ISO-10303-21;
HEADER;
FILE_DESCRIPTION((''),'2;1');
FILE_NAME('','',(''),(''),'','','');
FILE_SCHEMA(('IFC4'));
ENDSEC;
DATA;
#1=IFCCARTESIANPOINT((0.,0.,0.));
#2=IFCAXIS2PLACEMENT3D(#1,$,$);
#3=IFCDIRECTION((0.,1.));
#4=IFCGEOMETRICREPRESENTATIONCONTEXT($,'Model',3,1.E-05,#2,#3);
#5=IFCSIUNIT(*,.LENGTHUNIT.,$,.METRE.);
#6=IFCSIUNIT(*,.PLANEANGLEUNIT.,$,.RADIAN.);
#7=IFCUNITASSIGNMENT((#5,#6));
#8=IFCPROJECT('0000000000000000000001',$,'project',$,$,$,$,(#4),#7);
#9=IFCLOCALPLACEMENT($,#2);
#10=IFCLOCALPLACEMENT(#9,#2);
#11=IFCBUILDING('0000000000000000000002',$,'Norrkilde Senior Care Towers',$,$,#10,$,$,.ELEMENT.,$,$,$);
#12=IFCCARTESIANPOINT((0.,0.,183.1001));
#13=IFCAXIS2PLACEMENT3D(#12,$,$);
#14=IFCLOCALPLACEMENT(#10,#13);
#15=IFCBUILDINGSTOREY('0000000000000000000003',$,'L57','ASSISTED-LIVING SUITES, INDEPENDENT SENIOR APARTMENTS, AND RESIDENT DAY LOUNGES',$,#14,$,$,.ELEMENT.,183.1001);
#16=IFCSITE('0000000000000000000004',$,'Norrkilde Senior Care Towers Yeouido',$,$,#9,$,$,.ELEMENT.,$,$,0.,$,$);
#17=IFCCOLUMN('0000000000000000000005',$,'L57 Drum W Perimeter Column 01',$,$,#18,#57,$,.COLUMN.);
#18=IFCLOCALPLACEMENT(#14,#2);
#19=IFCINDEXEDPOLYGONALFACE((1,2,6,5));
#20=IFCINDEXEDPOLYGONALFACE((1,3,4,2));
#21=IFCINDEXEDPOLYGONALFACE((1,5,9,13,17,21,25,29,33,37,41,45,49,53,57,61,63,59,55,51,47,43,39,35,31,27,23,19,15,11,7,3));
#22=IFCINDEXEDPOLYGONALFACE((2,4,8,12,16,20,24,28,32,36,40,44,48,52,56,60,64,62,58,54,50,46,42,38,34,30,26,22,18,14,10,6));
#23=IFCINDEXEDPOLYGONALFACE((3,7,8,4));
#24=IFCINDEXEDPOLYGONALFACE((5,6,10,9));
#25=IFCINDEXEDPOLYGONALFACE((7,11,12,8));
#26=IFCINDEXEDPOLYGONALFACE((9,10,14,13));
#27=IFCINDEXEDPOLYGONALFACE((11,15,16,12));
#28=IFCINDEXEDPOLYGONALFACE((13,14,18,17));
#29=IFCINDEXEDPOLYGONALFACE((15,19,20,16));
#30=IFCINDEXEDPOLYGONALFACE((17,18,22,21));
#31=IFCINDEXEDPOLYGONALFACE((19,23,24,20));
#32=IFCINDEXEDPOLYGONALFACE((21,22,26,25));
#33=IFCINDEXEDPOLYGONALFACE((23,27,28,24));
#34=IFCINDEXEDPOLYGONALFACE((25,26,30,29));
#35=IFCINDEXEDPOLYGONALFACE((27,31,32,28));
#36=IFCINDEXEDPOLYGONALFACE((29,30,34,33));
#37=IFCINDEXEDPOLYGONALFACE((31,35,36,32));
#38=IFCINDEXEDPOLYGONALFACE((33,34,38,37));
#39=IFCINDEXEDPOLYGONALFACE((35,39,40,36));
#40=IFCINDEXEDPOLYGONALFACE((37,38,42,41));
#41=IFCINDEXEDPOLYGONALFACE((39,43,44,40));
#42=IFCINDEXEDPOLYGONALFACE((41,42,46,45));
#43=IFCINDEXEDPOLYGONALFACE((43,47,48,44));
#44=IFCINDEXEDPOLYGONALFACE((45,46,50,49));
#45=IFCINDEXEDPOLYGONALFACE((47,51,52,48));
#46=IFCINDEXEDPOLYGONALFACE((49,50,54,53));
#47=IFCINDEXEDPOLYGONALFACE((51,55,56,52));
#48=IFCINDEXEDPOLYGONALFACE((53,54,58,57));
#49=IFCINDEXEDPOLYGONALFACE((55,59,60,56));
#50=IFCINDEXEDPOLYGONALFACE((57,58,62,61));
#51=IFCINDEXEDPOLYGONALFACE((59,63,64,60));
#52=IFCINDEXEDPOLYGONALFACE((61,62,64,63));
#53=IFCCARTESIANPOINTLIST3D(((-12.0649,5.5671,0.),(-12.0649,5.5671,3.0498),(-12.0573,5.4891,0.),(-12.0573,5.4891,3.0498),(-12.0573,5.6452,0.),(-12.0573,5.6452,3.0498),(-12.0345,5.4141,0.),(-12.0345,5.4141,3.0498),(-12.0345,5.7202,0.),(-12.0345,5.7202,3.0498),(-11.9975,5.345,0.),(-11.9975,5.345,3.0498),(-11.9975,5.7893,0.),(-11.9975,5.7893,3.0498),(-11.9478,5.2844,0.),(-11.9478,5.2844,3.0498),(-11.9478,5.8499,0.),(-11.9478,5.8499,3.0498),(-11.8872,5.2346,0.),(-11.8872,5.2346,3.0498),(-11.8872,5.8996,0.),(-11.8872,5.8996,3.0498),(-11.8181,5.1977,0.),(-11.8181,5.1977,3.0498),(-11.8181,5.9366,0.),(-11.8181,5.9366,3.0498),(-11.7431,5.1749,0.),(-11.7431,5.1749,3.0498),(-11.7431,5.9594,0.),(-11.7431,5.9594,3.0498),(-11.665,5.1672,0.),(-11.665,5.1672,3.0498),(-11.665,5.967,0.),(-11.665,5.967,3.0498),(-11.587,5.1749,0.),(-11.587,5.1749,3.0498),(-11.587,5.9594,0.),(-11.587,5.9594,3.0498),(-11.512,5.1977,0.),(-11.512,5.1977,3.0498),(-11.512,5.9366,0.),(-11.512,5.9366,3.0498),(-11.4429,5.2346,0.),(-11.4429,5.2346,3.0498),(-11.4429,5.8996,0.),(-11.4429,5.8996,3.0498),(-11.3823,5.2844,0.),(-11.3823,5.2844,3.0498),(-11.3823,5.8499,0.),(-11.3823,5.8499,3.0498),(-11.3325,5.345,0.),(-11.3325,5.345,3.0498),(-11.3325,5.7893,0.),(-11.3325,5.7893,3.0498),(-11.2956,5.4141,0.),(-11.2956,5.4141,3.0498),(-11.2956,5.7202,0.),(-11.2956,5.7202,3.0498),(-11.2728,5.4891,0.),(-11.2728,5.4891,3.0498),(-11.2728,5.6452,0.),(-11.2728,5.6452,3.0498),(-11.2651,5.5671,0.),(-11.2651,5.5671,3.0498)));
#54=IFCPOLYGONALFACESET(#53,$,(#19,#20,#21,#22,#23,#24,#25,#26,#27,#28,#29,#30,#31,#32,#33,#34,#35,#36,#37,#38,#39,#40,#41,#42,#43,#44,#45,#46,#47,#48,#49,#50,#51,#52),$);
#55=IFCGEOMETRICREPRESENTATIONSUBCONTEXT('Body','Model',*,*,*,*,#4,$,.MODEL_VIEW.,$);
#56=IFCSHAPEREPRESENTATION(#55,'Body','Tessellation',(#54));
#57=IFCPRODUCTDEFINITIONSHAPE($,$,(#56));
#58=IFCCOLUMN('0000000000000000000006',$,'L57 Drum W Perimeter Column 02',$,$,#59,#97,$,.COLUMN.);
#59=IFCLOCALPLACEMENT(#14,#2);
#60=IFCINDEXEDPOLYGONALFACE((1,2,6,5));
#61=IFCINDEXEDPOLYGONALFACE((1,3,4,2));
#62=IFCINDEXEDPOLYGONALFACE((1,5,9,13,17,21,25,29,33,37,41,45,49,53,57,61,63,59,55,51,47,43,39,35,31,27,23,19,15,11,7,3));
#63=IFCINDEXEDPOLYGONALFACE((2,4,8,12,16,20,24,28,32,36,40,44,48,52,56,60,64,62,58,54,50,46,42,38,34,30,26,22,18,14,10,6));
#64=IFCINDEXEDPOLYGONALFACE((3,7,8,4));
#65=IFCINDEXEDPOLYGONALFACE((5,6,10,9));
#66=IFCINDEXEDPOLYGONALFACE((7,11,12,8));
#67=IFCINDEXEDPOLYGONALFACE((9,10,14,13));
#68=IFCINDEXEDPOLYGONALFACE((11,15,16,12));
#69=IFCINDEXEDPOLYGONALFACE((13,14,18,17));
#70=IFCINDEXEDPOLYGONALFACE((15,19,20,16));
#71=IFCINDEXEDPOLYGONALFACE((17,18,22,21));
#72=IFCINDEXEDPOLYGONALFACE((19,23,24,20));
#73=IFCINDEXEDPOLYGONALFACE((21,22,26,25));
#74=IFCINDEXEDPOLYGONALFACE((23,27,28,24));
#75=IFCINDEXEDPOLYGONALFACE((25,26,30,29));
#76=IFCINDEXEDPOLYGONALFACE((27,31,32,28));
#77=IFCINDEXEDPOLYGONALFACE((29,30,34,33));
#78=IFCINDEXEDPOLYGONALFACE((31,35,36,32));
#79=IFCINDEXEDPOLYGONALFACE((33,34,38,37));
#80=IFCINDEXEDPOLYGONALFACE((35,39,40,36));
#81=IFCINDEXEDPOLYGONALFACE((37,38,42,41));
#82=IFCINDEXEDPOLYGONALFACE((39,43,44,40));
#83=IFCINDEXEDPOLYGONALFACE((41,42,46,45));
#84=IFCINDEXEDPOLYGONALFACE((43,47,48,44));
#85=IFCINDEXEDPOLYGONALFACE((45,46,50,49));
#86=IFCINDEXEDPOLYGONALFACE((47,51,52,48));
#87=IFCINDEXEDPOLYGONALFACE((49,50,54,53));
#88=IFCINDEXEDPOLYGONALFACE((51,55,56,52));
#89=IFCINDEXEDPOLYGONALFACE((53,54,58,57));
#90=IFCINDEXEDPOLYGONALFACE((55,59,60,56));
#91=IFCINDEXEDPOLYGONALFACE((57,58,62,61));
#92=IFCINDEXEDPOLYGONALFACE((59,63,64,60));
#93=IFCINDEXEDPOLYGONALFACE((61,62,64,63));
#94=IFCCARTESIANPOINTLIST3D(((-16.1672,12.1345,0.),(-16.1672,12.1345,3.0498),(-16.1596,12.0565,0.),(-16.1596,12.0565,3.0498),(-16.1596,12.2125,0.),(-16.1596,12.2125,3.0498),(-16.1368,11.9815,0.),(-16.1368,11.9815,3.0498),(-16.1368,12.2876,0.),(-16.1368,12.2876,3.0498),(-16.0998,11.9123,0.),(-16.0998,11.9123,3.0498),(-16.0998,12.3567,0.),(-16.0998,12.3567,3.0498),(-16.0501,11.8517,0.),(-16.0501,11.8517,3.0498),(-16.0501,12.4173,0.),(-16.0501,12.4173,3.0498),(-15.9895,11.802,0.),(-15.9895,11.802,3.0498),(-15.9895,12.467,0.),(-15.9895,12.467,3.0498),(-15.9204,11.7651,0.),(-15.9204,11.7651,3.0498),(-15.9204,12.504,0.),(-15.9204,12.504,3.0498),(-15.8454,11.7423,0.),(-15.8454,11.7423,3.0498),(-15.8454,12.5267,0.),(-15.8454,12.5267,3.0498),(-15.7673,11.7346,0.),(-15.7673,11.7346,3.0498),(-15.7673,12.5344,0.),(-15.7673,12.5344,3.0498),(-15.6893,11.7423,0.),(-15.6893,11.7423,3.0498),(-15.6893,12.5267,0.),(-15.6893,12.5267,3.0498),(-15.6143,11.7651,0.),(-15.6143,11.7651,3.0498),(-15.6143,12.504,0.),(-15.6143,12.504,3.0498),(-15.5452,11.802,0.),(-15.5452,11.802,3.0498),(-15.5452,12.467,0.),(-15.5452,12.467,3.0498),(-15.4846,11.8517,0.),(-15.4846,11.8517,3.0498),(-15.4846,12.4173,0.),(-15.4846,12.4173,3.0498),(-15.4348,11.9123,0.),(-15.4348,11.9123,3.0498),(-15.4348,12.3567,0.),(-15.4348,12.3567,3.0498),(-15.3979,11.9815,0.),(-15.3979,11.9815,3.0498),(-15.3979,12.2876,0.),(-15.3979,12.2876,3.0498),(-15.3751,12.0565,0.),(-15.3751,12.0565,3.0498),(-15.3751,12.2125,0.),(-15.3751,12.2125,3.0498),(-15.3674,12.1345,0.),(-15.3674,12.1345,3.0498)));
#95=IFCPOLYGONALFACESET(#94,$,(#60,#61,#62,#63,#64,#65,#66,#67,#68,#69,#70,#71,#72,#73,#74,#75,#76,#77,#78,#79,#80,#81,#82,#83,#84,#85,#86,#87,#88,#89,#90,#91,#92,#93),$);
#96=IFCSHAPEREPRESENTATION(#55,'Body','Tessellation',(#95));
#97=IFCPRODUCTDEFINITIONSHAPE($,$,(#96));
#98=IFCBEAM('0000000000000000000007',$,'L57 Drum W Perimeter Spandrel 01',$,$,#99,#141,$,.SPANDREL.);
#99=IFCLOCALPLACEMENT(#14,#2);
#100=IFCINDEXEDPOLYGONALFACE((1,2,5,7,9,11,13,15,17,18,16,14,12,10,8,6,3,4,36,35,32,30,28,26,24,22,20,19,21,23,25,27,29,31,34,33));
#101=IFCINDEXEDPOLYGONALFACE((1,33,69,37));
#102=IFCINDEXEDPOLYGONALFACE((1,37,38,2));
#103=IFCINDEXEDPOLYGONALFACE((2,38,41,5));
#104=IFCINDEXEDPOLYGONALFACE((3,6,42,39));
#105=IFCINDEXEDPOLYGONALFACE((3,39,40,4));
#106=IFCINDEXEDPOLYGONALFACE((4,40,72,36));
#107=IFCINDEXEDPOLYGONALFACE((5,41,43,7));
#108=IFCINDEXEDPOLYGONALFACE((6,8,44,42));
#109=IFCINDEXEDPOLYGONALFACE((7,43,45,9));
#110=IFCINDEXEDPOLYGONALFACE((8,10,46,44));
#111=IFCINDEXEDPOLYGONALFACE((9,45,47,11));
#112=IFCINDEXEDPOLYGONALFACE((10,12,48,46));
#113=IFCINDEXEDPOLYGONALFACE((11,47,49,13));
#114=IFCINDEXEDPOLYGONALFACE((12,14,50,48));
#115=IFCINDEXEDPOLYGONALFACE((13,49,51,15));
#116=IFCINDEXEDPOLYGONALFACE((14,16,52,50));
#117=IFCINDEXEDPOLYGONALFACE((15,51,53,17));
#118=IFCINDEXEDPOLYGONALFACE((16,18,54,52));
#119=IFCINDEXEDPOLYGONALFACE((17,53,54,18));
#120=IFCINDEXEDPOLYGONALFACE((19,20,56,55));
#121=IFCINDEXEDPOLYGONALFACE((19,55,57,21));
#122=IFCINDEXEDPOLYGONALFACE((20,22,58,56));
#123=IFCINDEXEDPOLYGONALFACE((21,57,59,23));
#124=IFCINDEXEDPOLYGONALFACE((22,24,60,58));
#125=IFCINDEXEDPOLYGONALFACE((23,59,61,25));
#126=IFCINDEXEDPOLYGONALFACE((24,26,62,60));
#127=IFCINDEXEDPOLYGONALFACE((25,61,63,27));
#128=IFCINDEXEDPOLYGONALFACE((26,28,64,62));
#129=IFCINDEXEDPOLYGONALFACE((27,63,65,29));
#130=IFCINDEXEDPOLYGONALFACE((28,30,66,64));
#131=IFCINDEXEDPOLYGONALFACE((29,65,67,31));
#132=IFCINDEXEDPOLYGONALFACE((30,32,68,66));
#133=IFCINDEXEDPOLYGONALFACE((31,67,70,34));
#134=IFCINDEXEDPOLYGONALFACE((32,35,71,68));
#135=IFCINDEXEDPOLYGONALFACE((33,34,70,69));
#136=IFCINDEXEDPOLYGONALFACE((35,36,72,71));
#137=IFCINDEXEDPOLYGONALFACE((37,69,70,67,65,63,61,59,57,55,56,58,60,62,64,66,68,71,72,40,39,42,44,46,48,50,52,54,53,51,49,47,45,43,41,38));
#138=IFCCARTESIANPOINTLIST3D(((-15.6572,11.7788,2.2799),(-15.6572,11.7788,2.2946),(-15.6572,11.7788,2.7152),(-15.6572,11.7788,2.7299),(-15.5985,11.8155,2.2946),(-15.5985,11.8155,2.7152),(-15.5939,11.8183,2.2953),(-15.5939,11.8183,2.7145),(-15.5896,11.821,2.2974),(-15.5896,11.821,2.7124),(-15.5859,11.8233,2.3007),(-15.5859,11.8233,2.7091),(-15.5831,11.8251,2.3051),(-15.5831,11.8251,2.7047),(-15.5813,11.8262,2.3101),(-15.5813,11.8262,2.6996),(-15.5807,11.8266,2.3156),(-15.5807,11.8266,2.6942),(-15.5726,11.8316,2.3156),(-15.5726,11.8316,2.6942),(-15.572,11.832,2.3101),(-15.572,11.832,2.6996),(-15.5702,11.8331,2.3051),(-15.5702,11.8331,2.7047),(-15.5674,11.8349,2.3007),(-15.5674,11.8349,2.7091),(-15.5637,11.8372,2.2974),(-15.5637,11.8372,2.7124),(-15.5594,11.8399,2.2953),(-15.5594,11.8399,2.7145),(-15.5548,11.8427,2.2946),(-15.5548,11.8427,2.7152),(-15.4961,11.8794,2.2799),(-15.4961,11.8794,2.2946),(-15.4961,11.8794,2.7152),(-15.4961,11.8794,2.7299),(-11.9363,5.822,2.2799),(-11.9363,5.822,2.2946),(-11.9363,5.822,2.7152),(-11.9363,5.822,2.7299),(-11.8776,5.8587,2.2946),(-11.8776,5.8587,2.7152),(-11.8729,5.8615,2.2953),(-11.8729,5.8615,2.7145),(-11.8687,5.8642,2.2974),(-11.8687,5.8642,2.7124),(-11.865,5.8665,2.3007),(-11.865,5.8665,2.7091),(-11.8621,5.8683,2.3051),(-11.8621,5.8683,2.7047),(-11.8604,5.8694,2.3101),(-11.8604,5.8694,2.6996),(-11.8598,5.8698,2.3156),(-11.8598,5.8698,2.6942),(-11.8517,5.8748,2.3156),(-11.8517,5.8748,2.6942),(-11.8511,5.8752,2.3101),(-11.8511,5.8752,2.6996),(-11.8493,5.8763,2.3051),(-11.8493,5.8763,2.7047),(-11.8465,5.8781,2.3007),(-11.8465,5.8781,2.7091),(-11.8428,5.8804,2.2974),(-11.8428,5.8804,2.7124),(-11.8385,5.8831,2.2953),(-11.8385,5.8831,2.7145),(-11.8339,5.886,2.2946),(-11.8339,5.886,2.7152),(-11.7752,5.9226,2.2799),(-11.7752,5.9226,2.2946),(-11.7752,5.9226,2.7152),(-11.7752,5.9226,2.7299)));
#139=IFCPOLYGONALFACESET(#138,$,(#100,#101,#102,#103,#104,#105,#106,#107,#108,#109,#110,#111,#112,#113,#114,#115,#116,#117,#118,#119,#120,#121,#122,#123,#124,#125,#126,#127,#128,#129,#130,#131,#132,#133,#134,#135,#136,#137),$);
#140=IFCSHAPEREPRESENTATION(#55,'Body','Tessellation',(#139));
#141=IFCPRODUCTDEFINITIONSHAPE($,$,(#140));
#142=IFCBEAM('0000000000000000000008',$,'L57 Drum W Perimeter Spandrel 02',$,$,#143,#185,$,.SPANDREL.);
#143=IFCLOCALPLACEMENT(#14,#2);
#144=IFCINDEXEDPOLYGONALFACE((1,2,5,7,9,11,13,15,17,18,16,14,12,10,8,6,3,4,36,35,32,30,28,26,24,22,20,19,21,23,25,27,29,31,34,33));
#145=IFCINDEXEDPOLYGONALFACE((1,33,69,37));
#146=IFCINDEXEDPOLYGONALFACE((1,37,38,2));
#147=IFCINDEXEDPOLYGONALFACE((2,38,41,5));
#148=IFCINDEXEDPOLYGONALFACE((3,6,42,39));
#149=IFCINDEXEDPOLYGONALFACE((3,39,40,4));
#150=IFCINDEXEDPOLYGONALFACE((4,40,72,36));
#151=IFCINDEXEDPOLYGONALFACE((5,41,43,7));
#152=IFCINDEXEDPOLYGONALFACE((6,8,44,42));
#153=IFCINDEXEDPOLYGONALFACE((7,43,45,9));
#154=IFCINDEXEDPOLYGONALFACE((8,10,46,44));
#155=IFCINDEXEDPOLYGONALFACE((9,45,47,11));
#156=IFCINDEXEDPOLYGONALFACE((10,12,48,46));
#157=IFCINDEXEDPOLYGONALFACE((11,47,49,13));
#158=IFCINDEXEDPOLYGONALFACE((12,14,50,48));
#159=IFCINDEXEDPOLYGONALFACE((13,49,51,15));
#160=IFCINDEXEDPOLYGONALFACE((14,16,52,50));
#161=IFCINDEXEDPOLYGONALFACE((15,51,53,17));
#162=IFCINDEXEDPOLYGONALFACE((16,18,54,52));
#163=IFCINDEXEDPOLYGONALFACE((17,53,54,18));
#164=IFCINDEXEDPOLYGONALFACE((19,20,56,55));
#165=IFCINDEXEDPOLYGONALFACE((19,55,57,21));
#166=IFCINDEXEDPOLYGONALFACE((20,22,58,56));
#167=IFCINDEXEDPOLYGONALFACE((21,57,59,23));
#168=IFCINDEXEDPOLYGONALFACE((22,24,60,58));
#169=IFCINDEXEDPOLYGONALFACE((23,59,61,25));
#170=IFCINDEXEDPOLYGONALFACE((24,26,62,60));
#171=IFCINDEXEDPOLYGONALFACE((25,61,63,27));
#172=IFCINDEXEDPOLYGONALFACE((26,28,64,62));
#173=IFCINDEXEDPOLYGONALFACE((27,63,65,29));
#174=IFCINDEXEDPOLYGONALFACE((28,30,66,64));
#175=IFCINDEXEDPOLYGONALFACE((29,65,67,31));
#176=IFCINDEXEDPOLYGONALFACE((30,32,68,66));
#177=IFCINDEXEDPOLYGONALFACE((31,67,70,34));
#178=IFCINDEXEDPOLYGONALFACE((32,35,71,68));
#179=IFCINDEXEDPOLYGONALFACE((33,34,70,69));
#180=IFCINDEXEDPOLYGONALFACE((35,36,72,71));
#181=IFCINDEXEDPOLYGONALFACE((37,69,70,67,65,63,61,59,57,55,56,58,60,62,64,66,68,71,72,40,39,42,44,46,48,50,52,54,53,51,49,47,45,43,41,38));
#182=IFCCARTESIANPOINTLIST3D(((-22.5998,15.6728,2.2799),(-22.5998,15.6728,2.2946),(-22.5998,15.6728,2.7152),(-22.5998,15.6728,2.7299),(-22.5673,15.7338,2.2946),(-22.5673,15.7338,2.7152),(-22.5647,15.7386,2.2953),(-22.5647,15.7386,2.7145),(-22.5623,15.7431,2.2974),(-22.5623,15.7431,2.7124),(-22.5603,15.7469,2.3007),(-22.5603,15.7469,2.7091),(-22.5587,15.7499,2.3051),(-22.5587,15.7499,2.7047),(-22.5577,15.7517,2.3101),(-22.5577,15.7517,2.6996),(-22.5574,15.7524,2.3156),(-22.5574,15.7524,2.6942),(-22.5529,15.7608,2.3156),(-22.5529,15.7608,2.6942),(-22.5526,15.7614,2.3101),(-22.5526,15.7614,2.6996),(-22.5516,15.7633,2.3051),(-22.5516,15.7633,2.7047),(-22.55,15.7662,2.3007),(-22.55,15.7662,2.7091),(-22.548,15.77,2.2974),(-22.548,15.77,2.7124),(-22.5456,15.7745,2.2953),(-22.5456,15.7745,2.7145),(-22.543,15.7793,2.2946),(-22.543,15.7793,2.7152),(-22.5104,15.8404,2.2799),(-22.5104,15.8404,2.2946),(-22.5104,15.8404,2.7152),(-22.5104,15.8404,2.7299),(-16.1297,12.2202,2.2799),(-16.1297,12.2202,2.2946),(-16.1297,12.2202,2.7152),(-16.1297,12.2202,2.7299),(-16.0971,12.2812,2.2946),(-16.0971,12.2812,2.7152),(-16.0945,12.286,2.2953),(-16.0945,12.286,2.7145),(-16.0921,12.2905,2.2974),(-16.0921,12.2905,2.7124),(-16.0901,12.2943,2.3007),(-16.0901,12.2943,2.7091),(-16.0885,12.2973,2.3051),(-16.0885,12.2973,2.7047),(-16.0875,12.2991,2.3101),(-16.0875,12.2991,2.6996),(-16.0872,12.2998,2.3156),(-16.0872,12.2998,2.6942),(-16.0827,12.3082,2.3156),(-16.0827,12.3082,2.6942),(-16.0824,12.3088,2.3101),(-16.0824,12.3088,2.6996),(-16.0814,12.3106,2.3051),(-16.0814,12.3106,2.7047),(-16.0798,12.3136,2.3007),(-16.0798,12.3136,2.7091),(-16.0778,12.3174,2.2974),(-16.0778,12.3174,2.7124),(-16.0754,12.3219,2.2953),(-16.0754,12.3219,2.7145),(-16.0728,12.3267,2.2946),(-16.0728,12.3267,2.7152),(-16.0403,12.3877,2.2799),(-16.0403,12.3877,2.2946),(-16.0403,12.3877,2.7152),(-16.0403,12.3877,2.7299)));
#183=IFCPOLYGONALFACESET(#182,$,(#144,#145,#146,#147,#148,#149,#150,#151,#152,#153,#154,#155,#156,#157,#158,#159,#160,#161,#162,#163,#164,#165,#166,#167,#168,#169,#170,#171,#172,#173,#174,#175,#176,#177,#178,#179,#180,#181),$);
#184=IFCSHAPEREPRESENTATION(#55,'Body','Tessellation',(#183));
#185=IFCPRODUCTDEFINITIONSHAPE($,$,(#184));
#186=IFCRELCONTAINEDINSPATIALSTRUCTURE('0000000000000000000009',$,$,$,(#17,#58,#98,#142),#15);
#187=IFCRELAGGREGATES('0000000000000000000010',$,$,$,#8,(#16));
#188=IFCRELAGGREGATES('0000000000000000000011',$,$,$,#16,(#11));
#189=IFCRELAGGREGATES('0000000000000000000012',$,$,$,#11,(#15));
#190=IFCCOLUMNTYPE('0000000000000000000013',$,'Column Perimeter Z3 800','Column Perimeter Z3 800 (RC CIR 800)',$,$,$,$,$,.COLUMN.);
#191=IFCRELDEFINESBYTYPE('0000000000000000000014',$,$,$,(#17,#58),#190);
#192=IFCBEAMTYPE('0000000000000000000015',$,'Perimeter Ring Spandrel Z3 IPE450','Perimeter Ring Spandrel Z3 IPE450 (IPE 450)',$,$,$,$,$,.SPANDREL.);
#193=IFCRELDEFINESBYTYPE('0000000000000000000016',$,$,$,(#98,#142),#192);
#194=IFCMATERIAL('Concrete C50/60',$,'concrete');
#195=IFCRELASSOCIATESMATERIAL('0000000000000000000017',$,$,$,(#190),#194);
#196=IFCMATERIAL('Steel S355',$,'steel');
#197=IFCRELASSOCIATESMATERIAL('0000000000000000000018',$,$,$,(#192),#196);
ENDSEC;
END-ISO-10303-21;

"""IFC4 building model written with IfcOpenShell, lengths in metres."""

from ifc_helpers import new_model, si_unit, direction, frame, origin, origin_2d, place, context, subcontext, project, spatial, circle, i_section, extrude, source, transform, mapped, material, material_profile, profile_set, type_object, type_shapes, element, save


model = new_model("IFC4")

# Units and contexts
model_context = context("Model", 3, precision=1e-05, world=origin(), true_north=direction((0.0, 1.0)))
body_context = subcontext(model_context, "Body", "Model", "MODEL_VIEW")
ifc_project = project(units=[si_unit("LENGTHUNIT", "METRE"), si_unit("PLANEANGLEUNIT", "RADIAN")], contexts=[model_context])

# Site, building, storey
site_placement = place(None, origin())
site = spatial("IfcSite", under=ifc_project, at=site_placement, Name="Norrkilde Senior Care Towers Yeouido", CompositionType="ELEMENT", RefElevation=0.0)
building_placement = place(site_placement, origin())
building = spatial("IfcBuilding", under=site, at=building_placement, Name="Norrkilde Senior Care Towers", CompositionType="ELEMENT")
storey_placement = place(building_placement, frame((0.0, 0.0, 183.1001)))
storey = spatial("IfcBuildingStorey", under=building, at=storey_placement, Name="L57", Description="ASSISTED-LIVING SUITES, INDEPENDENT SENIOR APARTMENTS, AND RESIDENT DAY LOUNGES", CompositionType="ELEMENT", Elevation=183.1001)

# Columns
ifc_material_1 = material(Name="Concrete C50/60", Category="concrete")
ifc_material_profile_1 = material_profile(ifc_material_1, circle(Radius=0.3999, at=origin_2d()), Name="RC CIR 800")
ifc_profile_set_1 = profile_set([ifc_material_profile_1], Name="Concrete C50/60")
column_type = type_object("IfcColumnType", Name="Column Perimeter Z3 800", Description="Column Perimeter Z3 800 (RC CIR 800)", PredefinedType="COLUMN", material=ifc_profile_set_1)
shared_shape_1 = source(origin(), body_context, "Body", "SweptSolid", [
    extrude(circle(Radius=0.3999, at=origin_2d()), origin(), (0.0, 0.0, 1.0), 3.0498),
])
type_shapes(column_type, [shared_shape_1])
for number, where, z_axis, x_axis, name in (
    (1, (-11.665, 5.5671, 0.0), (0.0, 0.0, 1.0), (1.0, 0.0, 0.0), "L57 Drum W Perimeter Column 01"),
    (2, (-15.7673, 12.1345, 0.0), (0.0, 0.0, 1.0), (1.0, 0.0, 0.0), "L57 Drum W Perimeter Column 02"),
):
    element("IfcColumn", number, at=place(storey_placement, frame(where, z_axis=z_axis, x_axis=x_axis)), inside=storey, type_object=column_type, Name=name, PredefinedType="COLUMN", context=body_context, shape_type="MappedRepresentation", body=[
        mapped(shared_shape_1, transform((0.0, 0.0, 0.0), x_axis=(1.0, 0.0, 0.0), y_axis=(0.0, 1.0, 0.0), z_axis=(0.0, 0.0, 1.0), scale=1.0)),
    ])

# Beams
ifc_material_2 = material(Name="Steel S355", Category="steel")
ifc_material_profile_2 = material_profile(ifc_material_2, i_section(OverallWidth=0.1899, OverallDepth=0.45, WebThickness=0.0095, FlangeThickness=0.0146, FilletRadius=0.021, at=origin_2d()), Name="IPE 450")
ifc_profile_set_2 = profile_set([ifc_material_profile_2], Name="Steel S355")
beam_type_1 = type_object("IfcBeamType", Name="Perimeter Ring Spandrel Z3 IPE450", Description="Perimeter Ring Spandrel Z3 IPE450 (IPE 450)", PredefinedType="SPANDREL", material=ifc_profile_set_2)
shared_shape_2 = source(origin(), body_context, "Body", "SweptSolid", [
    extrude(i_section(OverallWidth=0.1899, OverallDepth=0.45, WebThickness=0.0095, FlangeThickness=0.0146, FilletRadius=0.021, at=origin_2d()), origin(), (0.0, 0.0, 1.0), 7.0234),
])
beam_1_placement = place(storey_placement, frame((-11.8557, 5.8723, 2.5049), z_axis=(-0.52979, 0.848129, 0.0), x_axis=(-0.848129, -0.52979, 0.0)))
element("IfcBeam", 3, at=beam_1_placement, inside=storey, type_object=beam_type_1, Name="L57 Drum W Perimeter Spandrel 01", PredefinedType="SPANDREL", context=body_context, shape_type="MappedRepresentation", body=[
    mapped(shared_shape_2, transform((0.0, 0.0, 0.0), x_axis=(1.0, 0.0, 0.0), y_axis=(0.0, 1.0, 0.0), z_axis=(0.0, 0.0, 1.0), scale=1.0)),
])
shared_shape_3 = source(origin(), body_context, "Body", "SweptSolid", [
    extrude(i_section(OverallWidth=0.1899, OverallDepth=0.45, WebThickness=0.0095, FlangeThickness=0.0146, FilletRadius=0.021, at=origin_2d()), origin(), (0.0, 0.0, 1.0), 7.3337),
])
type_shapes(beam_type_1, [shared_shape_2, shared_shape_3])
beam_2_placement = place(storey_placement, frame((-16.085, 12.304, 2.5049), z_axis=(-0.882248, 0.470785, 0.0), x_axis=(-0.470785, -0.882248, 0.0)))
element("IfcBeam", 4, at=beam_2_placement, inside=storey, type_object=beam_type_1, Name="L57 Drum W Perimeter Spandrel 02", PredefinedType="SPANDREL", context=body_context, shape_type="MappedRepresentation", body=[
    mapped(shared_shape_3, transform((0.0, 0.0, 0.0), x_axis=(1.0, 0.0, 0.0), y_axis=(0.0, 1.0, 0.0), z_axis=(0.0, 0.0, 1.0), scale=1.0)),
])

save(model, "model.ifc")
